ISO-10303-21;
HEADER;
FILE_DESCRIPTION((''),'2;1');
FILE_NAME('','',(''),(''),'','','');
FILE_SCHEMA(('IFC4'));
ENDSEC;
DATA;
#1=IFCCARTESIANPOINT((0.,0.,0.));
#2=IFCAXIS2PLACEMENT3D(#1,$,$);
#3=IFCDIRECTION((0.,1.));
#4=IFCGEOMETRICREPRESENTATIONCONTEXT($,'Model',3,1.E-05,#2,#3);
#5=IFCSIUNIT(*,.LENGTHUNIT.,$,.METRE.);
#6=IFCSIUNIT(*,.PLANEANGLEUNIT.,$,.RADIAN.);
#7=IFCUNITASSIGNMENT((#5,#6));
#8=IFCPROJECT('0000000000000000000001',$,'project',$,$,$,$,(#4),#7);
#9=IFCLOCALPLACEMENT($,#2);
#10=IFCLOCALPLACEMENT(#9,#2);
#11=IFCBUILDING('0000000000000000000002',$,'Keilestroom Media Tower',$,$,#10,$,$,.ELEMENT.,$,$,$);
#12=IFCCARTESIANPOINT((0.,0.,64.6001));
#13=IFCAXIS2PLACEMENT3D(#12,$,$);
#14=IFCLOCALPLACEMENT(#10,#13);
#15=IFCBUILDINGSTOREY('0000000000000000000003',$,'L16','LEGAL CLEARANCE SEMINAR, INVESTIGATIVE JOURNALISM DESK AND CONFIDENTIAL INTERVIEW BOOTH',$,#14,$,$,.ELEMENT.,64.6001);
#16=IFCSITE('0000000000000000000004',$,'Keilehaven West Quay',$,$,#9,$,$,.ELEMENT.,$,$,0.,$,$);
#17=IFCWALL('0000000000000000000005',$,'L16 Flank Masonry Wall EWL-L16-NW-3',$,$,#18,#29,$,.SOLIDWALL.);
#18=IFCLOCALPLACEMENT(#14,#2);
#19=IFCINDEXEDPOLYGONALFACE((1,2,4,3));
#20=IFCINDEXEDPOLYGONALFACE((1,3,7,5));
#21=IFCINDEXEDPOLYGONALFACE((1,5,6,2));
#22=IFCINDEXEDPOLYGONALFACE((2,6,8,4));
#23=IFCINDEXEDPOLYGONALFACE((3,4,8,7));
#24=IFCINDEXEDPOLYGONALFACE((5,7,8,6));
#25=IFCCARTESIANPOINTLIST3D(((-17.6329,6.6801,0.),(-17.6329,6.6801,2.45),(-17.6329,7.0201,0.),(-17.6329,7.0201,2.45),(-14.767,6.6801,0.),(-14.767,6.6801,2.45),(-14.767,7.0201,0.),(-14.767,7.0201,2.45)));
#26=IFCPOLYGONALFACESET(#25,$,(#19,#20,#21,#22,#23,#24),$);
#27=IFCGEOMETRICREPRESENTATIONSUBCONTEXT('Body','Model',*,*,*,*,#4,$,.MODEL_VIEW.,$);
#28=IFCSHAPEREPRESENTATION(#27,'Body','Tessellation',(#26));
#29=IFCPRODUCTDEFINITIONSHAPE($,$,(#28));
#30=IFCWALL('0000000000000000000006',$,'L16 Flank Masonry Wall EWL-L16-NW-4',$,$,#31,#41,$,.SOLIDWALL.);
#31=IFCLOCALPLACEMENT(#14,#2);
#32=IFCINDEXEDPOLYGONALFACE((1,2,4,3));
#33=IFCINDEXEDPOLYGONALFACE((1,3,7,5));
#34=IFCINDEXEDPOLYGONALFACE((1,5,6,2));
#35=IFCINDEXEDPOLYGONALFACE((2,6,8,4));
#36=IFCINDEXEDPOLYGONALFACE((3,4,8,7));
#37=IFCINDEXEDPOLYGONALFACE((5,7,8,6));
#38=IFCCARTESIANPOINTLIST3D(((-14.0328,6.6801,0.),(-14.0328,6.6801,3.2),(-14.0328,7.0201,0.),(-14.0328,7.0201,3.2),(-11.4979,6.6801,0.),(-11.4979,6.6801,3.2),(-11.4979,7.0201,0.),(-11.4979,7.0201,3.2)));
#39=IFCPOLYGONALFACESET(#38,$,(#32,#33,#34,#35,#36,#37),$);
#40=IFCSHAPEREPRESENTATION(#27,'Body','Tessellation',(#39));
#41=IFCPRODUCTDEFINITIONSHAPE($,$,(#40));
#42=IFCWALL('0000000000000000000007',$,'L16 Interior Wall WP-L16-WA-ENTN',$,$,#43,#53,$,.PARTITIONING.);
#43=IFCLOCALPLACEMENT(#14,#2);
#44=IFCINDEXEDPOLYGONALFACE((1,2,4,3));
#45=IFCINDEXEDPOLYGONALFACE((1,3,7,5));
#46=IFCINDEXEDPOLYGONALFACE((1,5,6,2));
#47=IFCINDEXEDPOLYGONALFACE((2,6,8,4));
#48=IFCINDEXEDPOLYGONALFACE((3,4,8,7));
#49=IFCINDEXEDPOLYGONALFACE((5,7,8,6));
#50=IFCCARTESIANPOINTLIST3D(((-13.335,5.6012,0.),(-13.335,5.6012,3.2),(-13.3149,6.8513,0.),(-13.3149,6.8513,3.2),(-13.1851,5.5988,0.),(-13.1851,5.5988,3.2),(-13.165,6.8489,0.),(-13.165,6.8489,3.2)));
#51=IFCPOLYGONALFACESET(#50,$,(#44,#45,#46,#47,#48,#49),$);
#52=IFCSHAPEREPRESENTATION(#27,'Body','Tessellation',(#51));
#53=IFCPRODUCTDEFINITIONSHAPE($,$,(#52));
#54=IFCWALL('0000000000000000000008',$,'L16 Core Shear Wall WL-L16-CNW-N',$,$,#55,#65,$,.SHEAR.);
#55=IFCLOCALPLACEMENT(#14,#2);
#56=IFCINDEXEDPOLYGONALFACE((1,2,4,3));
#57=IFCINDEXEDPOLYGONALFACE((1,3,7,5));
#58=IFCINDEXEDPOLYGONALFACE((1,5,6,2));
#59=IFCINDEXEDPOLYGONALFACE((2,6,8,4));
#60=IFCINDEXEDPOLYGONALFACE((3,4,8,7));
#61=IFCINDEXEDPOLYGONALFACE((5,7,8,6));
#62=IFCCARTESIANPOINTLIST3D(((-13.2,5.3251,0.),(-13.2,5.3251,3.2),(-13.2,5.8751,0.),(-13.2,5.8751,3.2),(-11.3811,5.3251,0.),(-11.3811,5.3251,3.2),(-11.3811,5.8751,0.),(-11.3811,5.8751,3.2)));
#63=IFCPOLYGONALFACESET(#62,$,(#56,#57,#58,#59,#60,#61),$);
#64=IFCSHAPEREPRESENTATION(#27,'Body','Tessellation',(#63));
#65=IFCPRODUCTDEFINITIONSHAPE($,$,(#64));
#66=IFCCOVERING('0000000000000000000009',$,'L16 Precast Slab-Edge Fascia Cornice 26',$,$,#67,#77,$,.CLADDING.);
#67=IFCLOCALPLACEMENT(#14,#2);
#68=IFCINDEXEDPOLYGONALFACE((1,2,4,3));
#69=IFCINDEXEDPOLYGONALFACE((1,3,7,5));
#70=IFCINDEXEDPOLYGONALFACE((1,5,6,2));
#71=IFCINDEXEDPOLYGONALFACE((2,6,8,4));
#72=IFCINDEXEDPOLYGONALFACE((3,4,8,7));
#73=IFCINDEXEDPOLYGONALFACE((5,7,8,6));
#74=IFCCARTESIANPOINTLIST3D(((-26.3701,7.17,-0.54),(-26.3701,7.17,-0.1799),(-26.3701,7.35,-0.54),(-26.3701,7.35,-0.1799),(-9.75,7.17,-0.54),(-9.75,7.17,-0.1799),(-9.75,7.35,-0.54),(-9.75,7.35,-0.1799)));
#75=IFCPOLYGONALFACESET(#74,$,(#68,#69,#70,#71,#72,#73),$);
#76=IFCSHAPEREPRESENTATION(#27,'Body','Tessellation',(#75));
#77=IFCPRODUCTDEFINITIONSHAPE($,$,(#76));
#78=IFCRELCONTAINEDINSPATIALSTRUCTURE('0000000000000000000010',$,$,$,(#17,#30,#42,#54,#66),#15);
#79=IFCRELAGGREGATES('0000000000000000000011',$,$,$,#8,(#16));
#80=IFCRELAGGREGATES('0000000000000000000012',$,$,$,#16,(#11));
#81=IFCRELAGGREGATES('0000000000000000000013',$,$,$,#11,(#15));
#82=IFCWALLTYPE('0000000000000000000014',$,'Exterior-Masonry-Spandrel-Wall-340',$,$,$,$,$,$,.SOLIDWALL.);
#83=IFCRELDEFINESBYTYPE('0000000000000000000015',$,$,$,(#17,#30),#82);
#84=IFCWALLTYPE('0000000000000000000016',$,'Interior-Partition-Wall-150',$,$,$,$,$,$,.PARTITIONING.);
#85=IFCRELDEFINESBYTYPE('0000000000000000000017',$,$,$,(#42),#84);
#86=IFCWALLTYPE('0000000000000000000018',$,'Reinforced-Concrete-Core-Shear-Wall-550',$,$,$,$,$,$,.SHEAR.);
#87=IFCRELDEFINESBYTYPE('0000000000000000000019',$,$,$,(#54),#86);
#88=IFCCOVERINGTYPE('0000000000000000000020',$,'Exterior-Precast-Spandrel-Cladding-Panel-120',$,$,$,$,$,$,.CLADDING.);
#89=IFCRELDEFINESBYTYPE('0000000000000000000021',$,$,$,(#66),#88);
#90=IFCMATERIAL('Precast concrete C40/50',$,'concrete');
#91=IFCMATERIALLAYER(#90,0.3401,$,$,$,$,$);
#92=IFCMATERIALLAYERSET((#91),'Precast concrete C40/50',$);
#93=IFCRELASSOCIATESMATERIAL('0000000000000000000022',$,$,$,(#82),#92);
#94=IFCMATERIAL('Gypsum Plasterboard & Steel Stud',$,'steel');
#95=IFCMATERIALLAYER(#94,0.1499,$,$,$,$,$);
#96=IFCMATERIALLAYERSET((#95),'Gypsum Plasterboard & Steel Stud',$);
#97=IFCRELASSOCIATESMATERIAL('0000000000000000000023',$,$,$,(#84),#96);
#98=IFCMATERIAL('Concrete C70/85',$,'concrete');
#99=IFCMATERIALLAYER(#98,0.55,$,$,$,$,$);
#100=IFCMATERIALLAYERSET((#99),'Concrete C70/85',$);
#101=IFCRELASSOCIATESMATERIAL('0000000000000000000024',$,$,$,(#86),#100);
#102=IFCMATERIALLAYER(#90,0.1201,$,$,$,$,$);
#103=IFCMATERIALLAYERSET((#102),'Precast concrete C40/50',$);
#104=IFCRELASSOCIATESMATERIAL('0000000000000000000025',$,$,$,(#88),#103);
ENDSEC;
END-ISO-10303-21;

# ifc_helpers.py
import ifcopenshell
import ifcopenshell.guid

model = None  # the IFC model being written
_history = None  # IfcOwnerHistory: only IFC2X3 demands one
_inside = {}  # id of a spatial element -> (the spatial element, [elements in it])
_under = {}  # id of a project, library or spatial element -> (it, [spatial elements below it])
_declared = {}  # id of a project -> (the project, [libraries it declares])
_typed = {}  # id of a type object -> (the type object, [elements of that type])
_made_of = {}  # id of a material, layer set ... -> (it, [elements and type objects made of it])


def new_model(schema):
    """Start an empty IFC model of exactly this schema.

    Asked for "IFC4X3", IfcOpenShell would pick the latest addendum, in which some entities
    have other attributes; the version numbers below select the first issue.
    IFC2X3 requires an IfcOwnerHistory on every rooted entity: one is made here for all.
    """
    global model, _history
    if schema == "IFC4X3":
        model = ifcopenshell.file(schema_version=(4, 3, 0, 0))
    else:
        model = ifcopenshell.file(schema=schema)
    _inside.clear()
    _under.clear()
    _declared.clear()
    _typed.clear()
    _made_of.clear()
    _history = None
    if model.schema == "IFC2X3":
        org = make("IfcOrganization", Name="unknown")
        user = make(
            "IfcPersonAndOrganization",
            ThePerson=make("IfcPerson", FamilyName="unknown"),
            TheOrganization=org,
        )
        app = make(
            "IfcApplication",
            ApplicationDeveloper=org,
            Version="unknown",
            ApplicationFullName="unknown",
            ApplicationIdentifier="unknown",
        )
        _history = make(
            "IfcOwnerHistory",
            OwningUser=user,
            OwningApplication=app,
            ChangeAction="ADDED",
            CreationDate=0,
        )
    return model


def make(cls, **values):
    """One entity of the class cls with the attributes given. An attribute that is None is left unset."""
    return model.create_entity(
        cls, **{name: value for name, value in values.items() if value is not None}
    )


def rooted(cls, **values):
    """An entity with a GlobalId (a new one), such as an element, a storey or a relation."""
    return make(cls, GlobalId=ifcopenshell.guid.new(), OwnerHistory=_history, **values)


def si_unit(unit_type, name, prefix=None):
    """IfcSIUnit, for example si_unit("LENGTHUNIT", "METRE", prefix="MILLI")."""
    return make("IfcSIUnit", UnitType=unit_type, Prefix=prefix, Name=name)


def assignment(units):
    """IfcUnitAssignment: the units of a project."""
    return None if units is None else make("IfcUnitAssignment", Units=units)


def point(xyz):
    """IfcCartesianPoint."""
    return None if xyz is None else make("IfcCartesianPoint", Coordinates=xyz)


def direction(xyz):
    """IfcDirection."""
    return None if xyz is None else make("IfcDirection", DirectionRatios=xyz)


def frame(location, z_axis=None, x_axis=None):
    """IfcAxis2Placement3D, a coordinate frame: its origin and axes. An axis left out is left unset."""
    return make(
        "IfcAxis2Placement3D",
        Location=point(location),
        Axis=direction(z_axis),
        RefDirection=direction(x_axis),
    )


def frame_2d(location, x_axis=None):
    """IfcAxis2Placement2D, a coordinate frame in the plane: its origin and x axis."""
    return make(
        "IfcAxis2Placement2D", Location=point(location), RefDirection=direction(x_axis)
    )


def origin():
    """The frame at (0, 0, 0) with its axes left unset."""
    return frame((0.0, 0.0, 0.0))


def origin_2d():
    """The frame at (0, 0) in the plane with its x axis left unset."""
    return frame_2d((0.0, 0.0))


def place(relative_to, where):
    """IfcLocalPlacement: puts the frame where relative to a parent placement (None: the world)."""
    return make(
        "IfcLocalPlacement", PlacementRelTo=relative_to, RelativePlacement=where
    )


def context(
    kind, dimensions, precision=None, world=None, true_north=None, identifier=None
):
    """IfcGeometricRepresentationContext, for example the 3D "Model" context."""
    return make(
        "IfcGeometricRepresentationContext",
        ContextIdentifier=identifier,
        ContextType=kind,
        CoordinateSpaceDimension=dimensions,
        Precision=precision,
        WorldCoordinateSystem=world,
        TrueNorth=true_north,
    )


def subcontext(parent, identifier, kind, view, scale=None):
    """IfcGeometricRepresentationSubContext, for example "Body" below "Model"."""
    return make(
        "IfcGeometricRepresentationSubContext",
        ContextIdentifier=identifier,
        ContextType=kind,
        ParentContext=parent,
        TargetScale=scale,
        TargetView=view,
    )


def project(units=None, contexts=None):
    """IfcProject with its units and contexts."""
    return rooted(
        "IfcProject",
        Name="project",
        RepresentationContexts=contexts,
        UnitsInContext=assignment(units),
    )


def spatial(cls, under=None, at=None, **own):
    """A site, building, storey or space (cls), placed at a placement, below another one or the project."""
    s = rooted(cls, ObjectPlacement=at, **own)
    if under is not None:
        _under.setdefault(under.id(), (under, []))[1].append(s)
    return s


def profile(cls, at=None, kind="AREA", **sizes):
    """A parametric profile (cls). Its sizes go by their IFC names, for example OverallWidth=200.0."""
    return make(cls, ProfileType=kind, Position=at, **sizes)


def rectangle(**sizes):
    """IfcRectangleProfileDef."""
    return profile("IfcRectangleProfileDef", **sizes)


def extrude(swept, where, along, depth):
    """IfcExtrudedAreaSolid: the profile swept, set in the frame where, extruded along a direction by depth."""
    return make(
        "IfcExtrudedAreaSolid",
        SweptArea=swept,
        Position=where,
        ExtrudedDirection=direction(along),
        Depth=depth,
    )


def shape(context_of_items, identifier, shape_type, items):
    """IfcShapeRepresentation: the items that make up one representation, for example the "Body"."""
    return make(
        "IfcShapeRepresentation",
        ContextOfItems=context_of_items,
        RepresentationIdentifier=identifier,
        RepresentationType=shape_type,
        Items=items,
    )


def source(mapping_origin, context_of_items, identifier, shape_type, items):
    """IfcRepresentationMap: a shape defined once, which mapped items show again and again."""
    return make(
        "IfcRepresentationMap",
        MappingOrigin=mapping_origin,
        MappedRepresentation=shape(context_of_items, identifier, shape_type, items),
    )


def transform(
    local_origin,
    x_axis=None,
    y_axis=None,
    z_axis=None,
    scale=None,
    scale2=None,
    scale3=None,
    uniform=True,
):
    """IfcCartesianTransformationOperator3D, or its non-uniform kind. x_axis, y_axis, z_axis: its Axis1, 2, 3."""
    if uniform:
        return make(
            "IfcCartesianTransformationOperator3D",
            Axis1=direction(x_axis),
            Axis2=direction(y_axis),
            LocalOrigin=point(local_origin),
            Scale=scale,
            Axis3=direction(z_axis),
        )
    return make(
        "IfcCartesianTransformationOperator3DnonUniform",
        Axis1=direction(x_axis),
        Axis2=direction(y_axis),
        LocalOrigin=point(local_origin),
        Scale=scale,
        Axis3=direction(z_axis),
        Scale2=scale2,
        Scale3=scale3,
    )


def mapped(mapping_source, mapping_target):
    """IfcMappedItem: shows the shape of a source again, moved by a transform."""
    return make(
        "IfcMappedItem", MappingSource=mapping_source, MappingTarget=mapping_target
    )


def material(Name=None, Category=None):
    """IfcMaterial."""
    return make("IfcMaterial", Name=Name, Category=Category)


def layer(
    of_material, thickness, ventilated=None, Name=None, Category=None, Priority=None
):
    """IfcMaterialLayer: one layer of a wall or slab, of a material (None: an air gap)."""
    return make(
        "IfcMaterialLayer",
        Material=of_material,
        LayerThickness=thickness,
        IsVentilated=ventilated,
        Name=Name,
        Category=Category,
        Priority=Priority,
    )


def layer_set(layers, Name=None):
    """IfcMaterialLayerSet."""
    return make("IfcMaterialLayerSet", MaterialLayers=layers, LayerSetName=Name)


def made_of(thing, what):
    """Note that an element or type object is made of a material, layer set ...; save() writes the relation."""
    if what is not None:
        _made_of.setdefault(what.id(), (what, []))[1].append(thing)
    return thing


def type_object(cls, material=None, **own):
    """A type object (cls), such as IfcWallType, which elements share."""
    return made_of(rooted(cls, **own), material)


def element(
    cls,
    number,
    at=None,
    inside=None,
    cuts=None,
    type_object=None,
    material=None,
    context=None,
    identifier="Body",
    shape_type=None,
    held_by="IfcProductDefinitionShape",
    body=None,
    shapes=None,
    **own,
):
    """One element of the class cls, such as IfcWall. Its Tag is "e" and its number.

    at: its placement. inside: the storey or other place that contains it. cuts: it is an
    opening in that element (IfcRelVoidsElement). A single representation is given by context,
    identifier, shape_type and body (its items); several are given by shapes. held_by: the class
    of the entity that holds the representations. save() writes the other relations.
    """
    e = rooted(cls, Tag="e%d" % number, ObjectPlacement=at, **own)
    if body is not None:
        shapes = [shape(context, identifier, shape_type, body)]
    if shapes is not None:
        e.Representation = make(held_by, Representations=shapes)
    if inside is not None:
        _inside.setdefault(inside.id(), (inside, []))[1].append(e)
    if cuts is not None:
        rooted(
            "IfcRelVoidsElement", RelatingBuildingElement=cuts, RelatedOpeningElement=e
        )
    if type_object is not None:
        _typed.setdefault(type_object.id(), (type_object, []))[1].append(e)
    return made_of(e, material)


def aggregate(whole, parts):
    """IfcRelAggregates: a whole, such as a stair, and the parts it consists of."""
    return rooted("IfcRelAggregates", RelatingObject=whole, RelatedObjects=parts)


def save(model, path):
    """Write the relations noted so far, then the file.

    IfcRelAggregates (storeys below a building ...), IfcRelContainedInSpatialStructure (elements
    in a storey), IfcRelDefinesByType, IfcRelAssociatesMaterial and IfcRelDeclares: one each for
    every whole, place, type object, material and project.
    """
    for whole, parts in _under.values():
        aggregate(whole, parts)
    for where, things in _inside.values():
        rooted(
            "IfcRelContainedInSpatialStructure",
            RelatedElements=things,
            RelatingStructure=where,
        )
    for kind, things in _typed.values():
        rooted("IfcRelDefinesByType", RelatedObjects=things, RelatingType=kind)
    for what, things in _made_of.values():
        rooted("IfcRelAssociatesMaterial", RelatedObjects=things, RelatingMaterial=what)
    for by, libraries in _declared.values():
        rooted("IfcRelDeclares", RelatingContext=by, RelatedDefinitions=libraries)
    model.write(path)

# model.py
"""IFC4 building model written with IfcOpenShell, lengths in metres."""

from ifc_helpers import new_model, si_unit, direction, frame, frame_2d, origin, origin_2d, place, context, subcontext, project, spatial, rectangle, extrude, source, transform, mapped, material, layer, layer_set, type_object, element, save


model = new_model("IFC4")

# Units and contexts
model_context = context("Model", 3, precision=1e-05, world=origin(), true_north=direction((0.0, 1.0)))
body_context = subcontext(model_context, "Body", "Model", "MODEL_VIEW")
ifc_project = project(units=[si_unit("LENGTHUNIT", "METRE"), si_unit("PLANEANGLEUNIT", "RADIAN")], contexts=[model_context])

# Site, building, storey
site_placement = place(None, origin())
site = spatial("IfcSite", under=ifc_project, at=site_placement, Name="Keilehaven West Quay", CompositionType="ELEMENT", RefElevation=0.0)
building_placement = place(site_placement, origin())
building = spatial("IfcBuilding", under=site, at=building_placement, Name="Keilestroom Media Tower", CompositionType="ELEMENT")
storey_placement = place(building_placement, frame((0.0, 0.0, 64.6001)))
storey = spatial("IfcBuildingStorey", under=building, at=storey_placement, Name="L16", Description="LEGAL CLEARANCE SEMINAR, INVESTIGATIVE JOURNALISM DESK AND CONFIDENTIAL INTERVIEW BOOTH", CompositionType="ELEMENT", Elevation=64.6001)

# Shared definitions
ifc_material_1 = material(Name="Precast concrete C40/50", Category="concrete")

# Walls
ifc_layer_1 = layer(ifc_material_1, 0.3401)
ifc_layer_set_1 = layer_set([ifc_layer_1], Name="Precast concrete C40/50")
wall_type_1 = type_object("IfcWallType", Name="Exterior-Masonry-Spandrel-Wall-340", PredefinedType="SOLIDWALL", material=ifc_layer_set_1)
for number, where, z_axis, x_axis, name in (
    (1, (-17.6331, 6.8501, 0.0), (0.0, 0.0, 1.0), (1.0, 0.0, 0.0), "L16 Flank Masonry Wall EWL-L16-NW-3"),
):
    element("IfcWall", number, at=place(storey_placement, frame(where, z_axis=z_axis, x_axis=x_axis)), inside=storey, type_object=wall_type_1, Name=name, PredefinedType="SOLIDWALL", context=body_context, shape_type="SweptSolid", body=[
        extrude(rectangle(XDim=2.866, YDim=0.3401, at=frame_2d((1.4331, 0.0))), origin(), (0.0, 0.0, 1.0), 2.45),
    ])
wall_1_placement = place(storey_placement, frame((-14.033, 6.8501, 0.0), z_axis=(0.0, 0.0, 1.0), x_axis=(1.0, 0.0, 0.0)))
element("IfcWall", 2, at=wall_1_placement, inside=storey, type_object=wall_type_1, Name="L16 Flank Masonry Wall EWL-L16-NW-4", PredefinedType="SOLIDWALL", context=body_context, shape_type="SweptSolid", body=[
    extrude(rectangle(XDim=2.5349, YDim=0.3401, at=frame_2d((1.2676, 0.0))), origin(), (0.0, 0.0, 1.0), 3.2),
])
ifc_material_2 = material(Name="Gypsum Plasterboard & Steel Stud", Category="steel")
ifc_layer_2 = layer(ifc_material_2, 0.1499)
ifc_layer_set_2 = layer_set([ifc_layer_2], Name="Gypsum Plasterboard & Steel Stud")
wall_type_2 = type_object("IfcWallType", Name="Interior-Partition-Wall-150", PredefinedType="PARTITIONING", material=ifc_layer_set_2)
wall_2_placement = place(storey_placement, frame((-13.26, 5.6001, 0.0), z_axis=(0.0, 0.0, 1.0), x_axis=(0.016014, 0.999872, 0.0)))
element("IfcWall", 3, at=wall_2_placement, inside=storey, type_object=wall_type_2, Name="L16 Interior Wall WP-L16-WA-ENTN", PredefinedType="PARTITIONING", context=body_context, shape_type="SweptSolid", body=[
    extrude(rectangle(XDim=1.2502, YDim=0.1499, at=frame_2d((0.625, 0.0))), origin(), (0.0, 0.0, 1.0), 3.2),
])
ifc_material_3 = material(Name="Concrete C70/85", Category="concrete")
ifc_layer_3 = layer(ifc_material_3, 0.55)
ifc_layer_set_3 = layer_set([ifc_layer_3], Name="Concrete C70/85")
wall_type_3 = type_object("IfcWallType", Name="Reinforced-Concrete-Core-Shear-Wall-550", PredefinedType="SHEAR", material=ifc_layer_set_3)
wall_3_placement = place(storey_placement, frame((-13.2, 5.6001, 0.0), z_axis=(0.0, 0.0, 1.0), x_axis=(1.0, 0.0, 0.0)))
element("IfcWall", 4, at=wall_3_placement, inside=storey, type_object=wall_type_3, Name="L16 Core Shear Wall WL-L16-CNW-N", PredefinedType="SHEAR", context=body_context, shape_type="SweptSolid", body=[
    extrude(rectangle(XDim=1.8188, YDim=0.55, at=frame_2d((0.9094, 0.0))), origin(), (0.0, 0.0, 1.0), 3.2),
])

# Covering
ifc_layer_4 = layer(ifc_material_1, 0.1201)
ifc_layer_set_4 = layer_set([ifc_layer_4], Name="Precast concrete C40/50")
covering_type = type_object("IfcCoveringType", Name="Exterior-Precast-Spandrel-Cladding-Panel-120", PredefinedType="CLADDING", material=ifc_layer_set_4)
shared_shape_1 = source(origin(), body_context, "Body", "SweptSolid", [
    extrude(rectangle(XDim=16.6201, YDim=0.1799, at=origin_2d()), origin(), (0.0, 0.0, 1.0), 0.3601),
])
covering_placement = place(storey_placement, frame((-18.0601, 7.26, -0.54), z_axis=(0.0, 0.0, 1.0), x_axis=(1.0, 0.0, 0.0)))
element("IfcCovering", 5, at=covering_placement, inside=storey, type_object=covering_type, Name="L16 Precast Slab-Edge Fascia Cornice 26", PredefinedType="CLADDING", context=body_context, shape_type="MappedRepresentation", body=[
    mapped(shared_shape_1, transform((0.0, 0.0, 0.0), x_axis=(1.0, 0.0, 0.0), y_axis=(0.0, 1.0, 0.0), z_axis=(0.0, 0.0, 1.0), scale=1.0)),
])

save(model, "model.ifc")
